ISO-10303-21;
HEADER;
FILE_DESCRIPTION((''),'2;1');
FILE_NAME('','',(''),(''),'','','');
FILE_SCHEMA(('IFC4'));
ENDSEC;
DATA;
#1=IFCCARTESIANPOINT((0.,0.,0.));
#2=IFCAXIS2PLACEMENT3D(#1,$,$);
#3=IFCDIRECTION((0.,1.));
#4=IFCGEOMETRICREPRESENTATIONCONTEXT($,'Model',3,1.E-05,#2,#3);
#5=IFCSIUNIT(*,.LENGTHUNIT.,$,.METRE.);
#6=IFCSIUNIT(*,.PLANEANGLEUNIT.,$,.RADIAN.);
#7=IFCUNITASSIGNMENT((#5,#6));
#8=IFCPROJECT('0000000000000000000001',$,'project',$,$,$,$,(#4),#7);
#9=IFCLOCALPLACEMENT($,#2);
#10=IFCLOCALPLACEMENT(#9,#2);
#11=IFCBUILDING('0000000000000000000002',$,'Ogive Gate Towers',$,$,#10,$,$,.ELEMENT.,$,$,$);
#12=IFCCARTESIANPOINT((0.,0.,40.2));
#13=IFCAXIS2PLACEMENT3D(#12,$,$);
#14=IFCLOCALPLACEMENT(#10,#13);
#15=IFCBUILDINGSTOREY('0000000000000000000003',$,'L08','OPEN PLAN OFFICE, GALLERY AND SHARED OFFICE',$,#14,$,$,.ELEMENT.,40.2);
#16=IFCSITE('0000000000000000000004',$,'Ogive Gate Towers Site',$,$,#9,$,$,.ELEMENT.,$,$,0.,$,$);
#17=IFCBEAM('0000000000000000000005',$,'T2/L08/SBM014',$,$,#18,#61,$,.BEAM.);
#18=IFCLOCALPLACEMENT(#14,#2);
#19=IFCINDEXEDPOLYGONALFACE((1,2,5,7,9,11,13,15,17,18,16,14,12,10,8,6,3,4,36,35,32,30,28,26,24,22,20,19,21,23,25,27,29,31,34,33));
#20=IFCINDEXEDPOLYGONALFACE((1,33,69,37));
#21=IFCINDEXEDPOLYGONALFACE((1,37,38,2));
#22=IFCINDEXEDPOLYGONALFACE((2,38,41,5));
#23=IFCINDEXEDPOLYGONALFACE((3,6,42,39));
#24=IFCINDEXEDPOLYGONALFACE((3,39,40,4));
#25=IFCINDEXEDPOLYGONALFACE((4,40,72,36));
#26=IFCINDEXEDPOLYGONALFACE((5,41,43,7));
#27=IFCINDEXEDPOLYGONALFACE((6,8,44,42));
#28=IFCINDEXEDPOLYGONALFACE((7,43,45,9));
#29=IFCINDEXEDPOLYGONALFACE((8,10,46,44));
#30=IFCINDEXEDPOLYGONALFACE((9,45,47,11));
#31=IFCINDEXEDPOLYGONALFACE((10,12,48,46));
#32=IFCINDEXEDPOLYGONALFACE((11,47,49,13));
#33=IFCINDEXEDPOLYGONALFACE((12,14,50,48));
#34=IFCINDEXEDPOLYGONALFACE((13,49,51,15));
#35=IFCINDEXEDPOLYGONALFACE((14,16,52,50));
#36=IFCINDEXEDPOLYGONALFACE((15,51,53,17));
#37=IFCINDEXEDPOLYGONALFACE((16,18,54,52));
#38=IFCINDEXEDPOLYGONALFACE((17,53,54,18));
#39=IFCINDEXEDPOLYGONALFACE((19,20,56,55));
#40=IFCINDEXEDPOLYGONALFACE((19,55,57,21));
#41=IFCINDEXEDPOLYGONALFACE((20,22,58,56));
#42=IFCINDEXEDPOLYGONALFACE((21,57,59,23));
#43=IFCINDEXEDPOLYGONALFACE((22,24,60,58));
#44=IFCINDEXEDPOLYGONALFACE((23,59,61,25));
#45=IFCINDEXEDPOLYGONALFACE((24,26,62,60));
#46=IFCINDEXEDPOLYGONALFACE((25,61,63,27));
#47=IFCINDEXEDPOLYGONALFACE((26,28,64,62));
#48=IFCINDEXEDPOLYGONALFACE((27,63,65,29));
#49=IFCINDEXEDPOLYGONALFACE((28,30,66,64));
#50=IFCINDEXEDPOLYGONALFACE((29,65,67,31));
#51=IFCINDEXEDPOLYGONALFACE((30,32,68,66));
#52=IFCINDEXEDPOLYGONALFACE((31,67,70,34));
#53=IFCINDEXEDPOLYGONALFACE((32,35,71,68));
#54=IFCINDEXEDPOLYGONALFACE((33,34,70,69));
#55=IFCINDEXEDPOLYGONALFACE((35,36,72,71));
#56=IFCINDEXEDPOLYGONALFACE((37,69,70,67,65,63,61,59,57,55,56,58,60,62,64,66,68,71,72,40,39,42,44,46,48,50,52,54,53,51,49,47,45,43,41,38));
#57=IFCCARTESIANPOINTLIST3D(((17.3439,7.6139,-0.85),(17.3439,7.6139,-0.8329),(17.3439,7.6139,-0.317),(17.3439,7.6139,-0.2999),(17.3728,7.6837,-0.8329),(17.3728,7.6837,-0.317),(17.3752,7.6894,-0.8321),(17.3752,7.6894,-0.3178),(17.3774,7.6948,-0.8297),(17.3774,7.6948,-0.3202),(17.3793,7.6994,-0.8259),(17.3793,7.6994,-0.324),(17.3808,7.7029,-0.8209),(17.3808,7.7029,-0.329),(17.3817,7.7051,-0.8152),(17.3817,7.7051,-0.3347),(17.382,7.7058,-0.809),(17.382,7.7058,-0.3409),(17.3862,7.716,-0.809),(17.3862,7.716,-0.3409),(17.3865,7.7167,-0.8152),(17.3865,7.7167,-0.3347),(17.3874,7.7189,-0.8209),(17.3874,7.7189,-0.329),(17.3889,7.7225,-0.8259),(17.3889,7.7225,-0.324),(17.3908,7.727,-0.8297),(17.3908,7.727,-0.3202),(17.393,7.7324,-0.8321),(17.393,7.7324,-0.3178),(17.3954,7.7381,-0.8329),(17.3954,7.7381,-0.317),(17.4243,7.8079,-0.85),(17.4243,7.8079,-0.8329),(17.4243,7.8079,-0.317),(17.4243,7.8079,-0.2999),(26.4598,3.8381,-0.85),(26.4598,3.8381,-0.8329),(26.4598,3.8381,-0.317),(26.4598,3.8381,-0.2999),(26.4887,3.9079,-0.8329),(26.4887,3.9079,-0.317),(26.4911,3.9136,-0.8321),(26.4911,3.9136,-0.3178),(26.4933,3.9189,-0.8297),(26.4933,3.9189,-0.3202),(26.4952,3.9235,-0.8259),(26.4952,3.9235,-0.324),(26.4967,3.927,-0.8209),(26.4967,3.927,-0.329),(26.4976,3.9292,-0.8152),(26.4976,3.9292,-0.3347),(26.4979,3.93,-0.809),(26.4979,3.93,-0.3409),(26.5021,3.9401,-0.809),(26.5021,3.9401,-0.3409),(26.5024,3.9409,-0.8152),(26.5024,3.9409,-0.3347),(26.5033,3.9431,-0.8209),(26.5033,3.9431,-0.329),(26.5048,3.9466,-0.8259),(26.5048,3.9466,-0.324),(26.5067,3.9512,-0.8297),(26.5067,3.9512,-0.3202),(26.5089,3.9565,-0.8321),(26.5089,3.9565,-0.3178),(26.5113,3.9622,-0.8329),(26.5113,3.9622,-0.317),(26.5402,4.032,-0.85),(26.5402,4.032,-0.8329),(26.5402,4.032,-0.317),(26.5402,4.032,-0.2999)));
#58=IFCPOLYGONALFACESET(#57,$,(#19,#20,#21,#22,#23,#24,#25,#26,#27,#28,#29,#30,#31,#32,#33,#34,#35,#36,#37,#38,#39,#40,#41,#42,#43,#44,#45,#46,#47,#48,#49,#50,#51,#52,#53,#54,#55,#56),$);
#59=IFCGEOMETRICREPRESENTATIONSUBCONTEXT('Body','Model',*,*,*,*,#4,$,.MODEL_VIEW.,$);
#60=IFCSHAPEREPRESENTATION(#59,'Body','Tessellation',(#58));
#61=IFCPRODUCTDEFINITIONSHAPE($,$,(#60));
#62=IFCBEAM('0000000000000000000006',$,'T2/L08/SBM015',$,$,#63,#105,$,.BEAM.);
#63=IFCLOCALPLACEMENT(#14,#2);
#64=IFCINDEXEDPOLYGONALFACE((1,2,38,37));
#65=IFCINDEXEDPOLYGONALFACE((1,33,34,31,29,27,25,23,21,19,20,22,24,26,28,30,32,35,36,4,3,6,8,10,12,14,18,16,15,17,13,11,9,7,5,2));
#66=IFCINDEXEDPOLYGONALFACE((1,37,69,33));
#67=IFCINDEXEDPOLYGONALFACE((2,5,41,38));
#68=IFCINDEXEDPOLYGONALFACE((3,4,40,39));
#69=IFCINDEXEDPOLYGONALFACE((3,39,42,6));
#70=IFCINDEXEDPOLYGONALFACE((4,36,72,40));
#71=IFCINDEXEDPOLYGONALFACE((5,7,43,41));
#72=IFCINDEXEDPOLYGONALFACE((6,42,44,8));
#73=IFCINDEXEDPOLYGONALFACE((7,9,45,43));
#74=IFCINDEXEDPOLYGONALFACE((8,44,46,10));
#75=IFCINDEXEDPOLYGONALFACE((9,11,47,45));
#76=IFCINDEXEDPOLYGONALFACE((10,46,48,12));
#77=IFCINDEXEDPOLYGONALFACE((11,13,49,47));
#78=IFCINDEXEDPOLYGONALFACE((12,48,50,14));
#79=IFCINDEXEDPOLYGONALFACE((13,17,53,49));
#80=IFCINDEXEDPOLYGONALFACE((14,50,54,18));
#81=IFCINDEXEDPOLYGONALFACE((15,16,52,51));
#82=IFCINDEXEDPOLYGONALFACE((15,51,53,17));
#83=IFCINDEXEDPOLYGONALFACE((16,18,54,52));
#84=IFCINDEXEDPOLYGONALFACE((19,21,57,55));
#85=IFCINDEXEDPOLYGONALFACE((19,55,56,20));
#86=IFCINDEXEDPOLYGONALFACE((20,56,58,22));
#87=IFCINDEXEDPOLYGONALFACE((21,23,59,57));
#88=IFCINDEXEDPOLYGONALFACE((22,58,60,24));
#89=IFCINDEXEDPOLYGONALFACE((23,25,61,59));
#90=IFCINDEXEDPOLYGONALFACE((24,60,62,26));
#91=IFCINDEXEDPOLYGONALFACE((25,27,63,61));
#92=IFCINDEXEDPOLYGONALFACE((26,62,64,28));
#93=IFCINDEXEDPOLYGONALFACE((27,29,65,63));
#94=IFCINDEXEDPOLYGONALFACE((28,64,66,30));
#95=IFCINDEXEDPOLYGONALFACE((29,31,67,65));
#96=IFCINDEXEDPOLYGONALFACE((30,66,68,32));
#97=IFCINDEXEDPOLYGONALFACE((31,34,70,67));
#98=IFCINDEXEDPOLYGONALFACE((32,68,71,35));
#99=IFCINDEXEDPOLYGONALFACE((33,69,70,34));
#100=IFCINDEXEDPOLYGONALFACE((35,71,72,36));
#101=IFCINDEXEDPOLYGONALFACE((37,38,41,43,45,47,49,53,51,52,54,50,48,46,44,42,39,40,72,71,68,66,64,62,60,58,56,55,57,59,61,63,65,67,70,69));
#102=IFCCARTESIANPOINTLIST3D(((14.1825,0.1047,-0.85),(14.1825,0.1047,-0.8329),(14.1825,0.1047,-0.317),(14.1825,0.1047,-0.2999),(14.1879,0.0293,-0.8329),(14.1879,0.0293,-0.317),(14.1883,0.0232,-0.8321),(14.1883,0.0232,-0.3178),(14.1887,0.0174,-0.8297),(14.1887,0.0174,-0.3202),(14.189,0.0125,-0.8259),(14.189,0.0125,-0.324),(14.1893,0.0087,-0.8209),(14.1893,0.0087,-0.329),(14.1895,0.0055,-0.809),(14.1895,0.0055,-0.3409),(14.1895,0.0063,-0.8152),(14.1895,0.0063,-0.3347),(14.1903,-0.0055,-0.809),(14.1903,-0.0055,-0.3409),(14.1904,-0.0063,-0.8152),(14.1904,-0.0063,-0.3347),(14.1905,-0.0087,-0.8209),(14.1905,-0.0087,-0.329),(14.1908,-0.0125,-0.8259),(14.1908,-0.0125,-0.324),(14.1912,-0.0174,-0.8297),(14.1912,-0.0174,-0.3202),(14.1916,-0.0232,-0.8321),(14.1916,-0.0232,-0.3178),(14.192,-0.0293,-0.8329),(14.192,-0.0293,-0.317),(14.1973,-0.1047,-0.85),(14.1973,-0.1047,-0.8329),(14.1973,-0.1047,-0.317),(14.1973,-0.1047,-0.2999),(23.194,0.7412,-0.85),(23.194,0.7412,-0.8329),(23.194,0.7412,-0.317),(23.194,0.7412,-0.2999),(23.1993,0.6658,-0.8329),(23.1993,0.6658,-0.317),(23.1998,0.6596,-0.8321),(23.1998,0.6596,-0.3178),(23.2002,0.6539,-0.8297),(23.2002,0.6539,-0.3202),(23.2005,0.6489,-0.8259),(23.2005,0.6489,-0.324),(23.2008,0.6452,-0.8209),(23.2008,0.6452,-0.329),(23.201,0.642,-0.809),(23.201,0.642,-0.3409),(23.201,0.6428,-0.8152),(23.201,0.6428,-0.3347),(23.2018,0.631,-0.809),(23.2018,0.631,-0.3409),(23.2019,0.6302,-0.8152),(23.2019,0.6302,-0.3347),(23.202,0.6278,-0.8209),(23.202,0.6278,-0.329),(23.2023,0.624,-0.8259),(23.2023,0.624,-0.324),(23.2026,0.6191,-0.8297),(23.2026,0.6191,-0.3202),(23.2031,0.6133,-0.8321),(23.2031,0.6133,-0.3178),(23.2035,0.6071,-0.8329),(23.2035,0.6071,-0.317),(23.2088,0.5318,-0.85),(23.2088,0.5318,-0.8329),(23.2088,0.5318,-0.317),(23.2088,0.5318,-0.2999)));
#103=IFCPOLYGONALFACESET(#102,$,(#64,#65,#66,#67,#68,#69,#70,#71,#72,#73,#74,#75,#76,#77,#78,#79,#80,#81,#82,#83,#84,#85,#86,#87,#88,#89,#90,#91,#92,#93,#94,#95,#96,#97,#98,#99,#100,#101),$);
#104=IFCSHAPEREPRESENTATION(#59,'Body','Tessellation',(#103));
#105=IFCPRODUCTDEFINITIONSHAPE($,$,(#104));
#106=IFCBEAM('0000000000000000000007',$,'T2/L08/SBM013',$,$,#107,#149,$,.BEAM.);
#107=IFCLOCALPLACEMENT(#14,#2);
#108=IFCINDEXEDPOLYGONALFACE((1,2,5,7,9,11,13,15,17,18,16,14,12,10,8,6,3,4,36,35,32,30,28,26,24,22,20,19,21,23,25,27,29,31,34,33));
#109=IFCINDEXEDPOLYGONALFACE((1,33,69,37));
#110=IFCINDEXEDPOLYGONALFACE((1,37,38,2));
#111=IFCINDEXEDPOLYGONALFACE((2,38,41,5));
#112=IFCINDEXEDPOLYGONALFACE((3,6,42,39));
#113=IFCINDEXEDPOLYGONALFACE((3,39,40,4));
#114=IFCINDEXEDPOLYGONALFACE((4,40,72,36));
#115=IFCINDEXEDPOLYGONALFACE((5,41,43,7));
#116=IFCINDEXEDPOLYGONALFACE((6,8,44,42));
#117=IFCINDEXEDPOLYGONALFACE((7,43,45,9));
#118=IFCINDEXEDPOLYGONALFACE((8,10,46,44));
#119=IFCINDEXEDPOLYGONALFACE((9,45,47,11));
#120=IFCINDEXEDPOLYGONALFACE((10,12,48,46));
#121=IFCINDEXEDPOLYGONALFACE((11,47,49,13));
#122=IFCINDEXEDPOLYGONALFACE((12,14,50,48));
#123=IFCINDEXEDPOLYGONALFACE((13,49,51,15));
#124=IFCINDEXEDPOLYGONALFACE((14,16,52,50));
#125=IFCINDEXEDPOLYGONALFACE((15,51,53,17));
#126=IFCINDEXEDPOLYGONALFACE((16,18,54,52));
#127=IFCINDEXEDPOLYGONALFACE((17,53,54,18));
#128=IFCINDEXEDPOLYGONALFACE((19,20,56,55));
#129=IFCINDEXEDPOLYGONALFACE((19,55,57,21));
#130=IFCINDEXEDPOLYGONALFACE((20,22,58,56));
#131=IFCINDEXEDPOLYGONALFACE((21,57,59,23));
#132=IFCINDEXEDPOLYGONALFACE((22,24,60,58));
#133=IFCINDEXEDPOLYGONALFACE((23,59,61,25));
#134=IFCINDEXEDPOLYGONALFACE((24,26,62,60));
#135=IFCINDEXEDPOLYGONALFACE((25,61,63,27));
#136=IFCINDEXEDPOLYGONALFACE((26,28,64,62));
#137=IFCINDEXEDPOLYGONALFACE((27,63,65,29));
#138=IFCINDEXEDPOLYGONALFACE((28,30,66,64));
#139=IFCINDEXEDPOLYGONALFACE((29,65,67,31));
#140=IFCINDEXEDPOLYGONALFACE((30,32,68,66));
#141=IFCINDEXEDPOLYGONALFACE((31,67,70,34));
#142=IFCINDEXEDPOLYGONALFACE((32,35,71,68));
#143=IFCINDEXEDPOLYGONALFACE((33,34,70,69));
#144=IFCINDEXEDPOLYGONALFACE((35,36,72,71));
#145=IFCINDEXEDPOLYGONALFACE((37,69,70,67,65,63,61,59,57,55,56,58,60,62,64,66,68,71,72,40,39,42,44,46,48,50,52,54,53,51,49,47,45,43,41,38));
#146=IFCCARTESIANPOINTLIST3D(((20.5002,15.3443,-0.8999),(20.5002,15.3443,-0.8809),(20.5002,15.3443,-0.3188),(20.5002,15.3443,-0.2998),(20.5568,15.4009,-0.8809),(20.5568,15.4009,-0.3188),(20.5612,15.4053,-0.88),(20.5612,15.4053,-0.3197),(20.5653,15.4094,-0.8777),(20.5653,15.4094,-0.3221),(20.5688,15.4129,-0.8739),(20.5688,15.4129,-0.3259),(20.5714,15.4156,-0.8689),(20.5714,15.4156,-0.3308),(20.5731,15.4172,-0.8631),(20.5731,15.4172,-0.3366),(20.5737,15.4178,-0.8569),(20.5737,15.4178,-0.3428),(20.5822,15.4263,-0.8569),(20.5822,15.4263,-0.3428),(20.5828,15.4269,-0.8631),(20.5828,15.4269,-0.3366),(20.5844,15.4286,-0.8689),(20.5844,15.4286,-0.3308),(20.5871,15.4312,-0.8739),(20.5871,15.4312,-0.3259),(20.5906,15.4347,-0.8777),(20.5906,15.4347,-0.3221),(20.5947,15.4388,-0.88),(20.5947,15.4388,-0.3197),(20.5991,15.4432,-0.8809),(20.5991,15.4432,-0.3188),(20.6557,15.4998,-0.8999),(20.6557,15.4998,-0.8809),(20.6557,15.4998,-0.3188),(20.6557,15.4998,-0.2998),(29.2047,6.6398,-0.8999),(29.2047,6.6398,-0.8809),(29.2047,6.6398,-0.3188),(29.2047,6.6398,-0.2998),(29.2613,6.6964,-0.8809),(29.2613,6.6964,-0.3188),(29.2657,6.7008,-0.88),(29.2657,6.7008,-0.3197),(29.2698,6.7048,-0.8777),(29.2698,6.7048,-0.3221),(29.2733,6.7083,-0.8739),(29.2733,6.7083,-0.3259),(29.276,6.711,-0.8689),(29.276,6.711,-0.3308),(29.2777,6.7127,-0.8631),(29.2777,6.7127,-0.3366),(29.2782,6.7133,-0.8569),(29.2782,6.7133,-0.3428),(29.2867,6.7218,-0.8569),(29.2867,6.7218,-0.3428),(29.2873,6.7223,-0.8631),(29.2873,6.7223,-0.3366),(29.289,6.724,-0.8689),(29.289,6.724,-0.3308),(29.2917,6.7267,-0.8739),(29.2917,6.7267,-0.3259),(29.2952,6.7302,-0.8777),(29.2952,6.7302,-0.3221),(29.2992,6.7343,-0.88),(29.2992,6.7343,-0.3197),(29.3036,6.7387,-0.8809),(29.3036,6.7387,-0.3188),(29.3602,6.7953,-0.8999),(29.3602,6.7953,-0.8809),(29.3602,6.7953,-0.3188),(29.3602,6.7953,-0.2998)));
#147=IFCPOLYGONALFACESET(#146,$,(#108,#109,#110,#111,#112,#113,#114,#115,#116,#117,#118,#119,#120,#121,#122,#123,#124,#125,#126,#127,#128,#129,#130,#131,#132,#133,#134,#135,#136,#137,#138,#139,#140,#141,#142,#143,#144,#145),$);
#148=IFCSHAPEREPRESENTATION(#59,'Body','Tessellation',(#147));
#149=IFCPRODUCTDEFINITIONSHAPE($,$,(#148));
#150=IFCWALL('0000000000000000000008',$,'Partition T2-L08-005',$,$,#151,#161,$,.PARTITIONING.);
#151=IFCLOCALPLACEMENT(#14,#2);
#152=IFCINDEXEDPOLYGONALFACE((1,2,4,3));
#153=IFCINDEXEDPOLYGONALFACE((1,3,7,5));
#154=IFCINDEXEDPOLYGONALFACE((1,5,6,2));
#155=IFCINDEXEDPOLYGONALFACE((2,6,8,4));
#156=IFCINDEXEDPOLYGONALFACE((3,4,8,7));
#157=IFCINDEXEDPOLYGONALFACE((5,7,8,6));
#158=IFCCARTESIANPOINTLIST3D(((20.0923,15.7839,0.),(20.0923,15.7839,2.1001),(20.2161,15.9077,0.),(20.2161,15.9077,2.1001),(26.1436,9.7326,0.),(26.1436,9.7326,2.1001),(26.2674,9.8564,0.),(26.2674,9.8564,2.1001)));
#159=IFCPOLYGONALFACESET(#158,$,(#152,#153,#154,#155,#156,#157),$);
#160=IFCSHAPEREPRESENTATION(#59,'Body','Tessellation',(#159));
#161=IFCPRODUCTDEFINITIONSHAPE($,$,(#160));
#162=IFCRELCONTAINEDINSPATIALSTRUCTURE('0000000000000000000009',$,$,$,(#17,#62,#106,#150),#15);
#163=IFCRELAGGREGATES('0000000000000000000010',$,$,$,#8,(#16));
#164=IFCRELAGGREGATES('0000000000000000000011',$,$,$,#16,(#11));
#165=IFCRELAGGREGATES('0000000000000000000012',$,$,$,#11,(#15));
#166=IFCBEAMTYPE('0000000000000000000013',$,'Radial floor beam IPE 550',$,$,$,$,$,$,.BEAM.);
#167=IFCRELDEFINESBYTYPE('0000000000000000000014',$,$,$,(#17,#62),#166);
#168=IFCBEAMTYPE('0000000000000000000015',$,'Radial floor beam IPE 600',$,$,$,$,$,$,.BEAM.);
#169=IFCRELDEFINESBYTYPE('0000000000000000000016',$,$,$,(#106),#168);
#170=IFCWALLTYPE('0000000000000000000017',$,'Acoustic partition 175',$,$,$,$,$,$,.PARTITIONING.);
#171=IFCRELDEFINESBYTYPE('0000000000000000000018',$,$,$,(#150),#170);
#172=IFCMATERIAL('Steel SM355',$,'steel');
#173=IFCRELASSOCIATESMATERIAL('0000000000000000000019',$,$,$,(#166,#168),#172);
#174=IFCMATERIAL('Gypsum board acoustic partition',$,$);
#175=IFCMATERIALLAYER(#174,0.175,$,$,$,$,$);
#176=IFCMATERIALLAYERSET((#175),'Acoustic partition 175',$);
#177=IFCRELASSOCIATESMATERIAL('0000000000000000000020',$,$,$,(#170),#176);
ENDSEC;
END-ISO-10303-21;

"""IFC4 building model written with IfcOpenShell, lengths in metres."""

from ifc_helpers import new_model, si_unit, direction, frame, frame_2d, origin, origin_2d, place, context, subcontext, project, spatial, rectangle, i_section, extrude, material, layer, layer_set, material_profile, profile_set, type_object, element, save


model = new_model("IFC4")

# Units and contexts
model_context = context("Model", 3, precision=1e-05, world=origin(), true_north=direction((0.0, 1.0)))
body_context = subcontext(model_context, "Body", "Model", "MODEL_VIEW")
ifc_project = project(units=[si_unit("LENGTHUNIT", "METRE"), si_unit("PLANEANGLEUNIT", "RADIAN")], contexts=[model_context])

# Site, building, storey
site_placement = place(None, origin())
site = spatial("IfcSite", under=ifc_project, at=site_placement, Name="Ogive Gate Towers Site", CompositionType="ELEMENT", RefElevation=0.0)
building_placement = place(site_placement, origin())
building = spatial("IfcBuilding", under=site, at=building_placement, Name="Ogive Gate Towers", CompositionType="ELEMENT")
storey_placement = place(building_placement, frame((0.0, 0.0, 40.2)))
storey = spatial("IfcBuildingStorey", under=building, at=storey_placement, Name="L08", Description="OPEN PLAN OFFICE, GALLERY AND SHARED OFFICE", CompositionType="ELEMENT", Elevation=40.2)

# Beams
ifc_material_1 = material(Name="Steel SM355", Category="steel")
ifc_material_profile_1 = material_profile(ifc_material_1, i_section(OverallWidth=0.21, OverallDepth=0.55, WebThickness=0.011, FlangeThickness=0.0171, FilletRadius=0.0239, at=origin_2d()), Name="IPE 550")
ifc_profile_set_1 = profile_set([ifc_material_profile_1], Name="Steel SM355")
beam_type_1 = type_object("IfcBeamType", Name="Radial floor beam IPE 550", PredefinedType="BEAM", material=ifc_profile_set_1)
for number, where, z_axis, x_axis, name in (
    (1, (26.5, 3.9351, -0.575), (-0.923882, 0.382677, 0.0), (-0.382677, -0.923882, 0.0), "T2/L08/SBM014"),
):
    element("IfcBeam", number, at=place(storey_placement, frame(where, z_axis=z_axis, x_axis=x_axis)), inside=storey, type_object=beam_type_1, Name=name, PredefinedType="BEAM", context=body_context, shape_type="SweptSolid", body=[
        extrude(i_section(OverallWidth=0.21, OverallDepth=0.55, WebThickness=0.011, FlangeThickness=0.0171, FilletRadius=0.0239, at=origin_2d()), origin(), (0.0, 0.0, 1.0), 9.8669),
    ])
beam_1_placement = place(storey_placement, frame((23.2014, 0.6365, -0.575), z_axis=(-0.997515, -0.070454, 0.0), x_axis=(0.070454, -0.997515, 0.0)))
element("IfcBeam", 2, at=beam_1_placement, inside=storey, type_object=beam_type_1, Name="T2/L08/SBM015", PredefinedType="BEAM", context=body_context, shape_type="SweptSolid", body=[
    extrude(i_section(OverallWidth=0.21, OverallDepth=0.55, WebThickness=0.011, FlangeThickness=0.0171, FilletRadius=0.0239, at=origin_2d()), origin(), (0.0, 0.0, 1.0), 9.0339),
])
ifc_material_profile_2 = material_profile(ifc_material_1, i_section(OverallWidth=0.22, OverallDepth=0.6001, WebThickness=0.012, FlangeThickness=0.019, FilletRadius=0.0239, at=origin_2d()), Name="IPE 600")
ifc_profile_set_2 = profile_set([ifc_material_profile_2], Name="Steel SM355")
beam_type_2 = type_object("IfcBeamType", Name="Radial floor beam IPE 600", PredefinedType="BEAM", material=ifc_profile_set_2)
beam_2_placement = place(storey_placement, frame((29.2825, 6.7175, -0.5999), z_axis=(-0.707107, 0.707107, 0.0), x_axis=(-0.707107, -0.707107, 0.0)))
element("IfcBeam", 3, at=beam_2_placement, inside=storey, type_object=beam_type_2, Name="T2/L08/SBM013", PredefinedType="BEAM", context=body_context, shape_type="SweptSolid", body=[
    extrude(i_section(OverallWidth=0.22, OverallDepth=0.6001, WebThickness=0.012, FlangeThickness=0.019, FilletRadius=0.0239, at=origin_2d()), origin(), (0.0, 0.0, 1.0), 12.3101),
])

# Wall
ifc_material_2 = material(Name="Gypsum board acoustic partition")
ifc_layer_1 = layer(ifc_material_2, 0.175)
ifc_layer_set_1 = layer_set([ifc_layer_1], Name="Acoustic partition 175")
wall_type_1 = type_object("IfcWallType", Name="Acoustic partition 175", PredefinedType="PARTITIONING", material=ifc_layer_set_1)
wall_1_placement = place(storey_placement, frame((20.1543, 15.8457, 0.0), z_axis=(0.0, 0.0, 1.0), x_axis=(0.707107, -0.707107, 0.0)))
element("IfcWall", 4, at=wall_1_placement, inside=storey, type_object=wall_type_1, Name="Partition T2-L08-005", PredefinedType="PARTITIONING", context=body_context, shape_type="SweptSolid", body=[
    extrude(rectangle(XDim=8.5579, YDim=0.175, at=frame_2d((4.2788, 0.0))), origin(), (0.0, 0.0, 1.0), 2.1001),
])

save(model, "model.ifc")
